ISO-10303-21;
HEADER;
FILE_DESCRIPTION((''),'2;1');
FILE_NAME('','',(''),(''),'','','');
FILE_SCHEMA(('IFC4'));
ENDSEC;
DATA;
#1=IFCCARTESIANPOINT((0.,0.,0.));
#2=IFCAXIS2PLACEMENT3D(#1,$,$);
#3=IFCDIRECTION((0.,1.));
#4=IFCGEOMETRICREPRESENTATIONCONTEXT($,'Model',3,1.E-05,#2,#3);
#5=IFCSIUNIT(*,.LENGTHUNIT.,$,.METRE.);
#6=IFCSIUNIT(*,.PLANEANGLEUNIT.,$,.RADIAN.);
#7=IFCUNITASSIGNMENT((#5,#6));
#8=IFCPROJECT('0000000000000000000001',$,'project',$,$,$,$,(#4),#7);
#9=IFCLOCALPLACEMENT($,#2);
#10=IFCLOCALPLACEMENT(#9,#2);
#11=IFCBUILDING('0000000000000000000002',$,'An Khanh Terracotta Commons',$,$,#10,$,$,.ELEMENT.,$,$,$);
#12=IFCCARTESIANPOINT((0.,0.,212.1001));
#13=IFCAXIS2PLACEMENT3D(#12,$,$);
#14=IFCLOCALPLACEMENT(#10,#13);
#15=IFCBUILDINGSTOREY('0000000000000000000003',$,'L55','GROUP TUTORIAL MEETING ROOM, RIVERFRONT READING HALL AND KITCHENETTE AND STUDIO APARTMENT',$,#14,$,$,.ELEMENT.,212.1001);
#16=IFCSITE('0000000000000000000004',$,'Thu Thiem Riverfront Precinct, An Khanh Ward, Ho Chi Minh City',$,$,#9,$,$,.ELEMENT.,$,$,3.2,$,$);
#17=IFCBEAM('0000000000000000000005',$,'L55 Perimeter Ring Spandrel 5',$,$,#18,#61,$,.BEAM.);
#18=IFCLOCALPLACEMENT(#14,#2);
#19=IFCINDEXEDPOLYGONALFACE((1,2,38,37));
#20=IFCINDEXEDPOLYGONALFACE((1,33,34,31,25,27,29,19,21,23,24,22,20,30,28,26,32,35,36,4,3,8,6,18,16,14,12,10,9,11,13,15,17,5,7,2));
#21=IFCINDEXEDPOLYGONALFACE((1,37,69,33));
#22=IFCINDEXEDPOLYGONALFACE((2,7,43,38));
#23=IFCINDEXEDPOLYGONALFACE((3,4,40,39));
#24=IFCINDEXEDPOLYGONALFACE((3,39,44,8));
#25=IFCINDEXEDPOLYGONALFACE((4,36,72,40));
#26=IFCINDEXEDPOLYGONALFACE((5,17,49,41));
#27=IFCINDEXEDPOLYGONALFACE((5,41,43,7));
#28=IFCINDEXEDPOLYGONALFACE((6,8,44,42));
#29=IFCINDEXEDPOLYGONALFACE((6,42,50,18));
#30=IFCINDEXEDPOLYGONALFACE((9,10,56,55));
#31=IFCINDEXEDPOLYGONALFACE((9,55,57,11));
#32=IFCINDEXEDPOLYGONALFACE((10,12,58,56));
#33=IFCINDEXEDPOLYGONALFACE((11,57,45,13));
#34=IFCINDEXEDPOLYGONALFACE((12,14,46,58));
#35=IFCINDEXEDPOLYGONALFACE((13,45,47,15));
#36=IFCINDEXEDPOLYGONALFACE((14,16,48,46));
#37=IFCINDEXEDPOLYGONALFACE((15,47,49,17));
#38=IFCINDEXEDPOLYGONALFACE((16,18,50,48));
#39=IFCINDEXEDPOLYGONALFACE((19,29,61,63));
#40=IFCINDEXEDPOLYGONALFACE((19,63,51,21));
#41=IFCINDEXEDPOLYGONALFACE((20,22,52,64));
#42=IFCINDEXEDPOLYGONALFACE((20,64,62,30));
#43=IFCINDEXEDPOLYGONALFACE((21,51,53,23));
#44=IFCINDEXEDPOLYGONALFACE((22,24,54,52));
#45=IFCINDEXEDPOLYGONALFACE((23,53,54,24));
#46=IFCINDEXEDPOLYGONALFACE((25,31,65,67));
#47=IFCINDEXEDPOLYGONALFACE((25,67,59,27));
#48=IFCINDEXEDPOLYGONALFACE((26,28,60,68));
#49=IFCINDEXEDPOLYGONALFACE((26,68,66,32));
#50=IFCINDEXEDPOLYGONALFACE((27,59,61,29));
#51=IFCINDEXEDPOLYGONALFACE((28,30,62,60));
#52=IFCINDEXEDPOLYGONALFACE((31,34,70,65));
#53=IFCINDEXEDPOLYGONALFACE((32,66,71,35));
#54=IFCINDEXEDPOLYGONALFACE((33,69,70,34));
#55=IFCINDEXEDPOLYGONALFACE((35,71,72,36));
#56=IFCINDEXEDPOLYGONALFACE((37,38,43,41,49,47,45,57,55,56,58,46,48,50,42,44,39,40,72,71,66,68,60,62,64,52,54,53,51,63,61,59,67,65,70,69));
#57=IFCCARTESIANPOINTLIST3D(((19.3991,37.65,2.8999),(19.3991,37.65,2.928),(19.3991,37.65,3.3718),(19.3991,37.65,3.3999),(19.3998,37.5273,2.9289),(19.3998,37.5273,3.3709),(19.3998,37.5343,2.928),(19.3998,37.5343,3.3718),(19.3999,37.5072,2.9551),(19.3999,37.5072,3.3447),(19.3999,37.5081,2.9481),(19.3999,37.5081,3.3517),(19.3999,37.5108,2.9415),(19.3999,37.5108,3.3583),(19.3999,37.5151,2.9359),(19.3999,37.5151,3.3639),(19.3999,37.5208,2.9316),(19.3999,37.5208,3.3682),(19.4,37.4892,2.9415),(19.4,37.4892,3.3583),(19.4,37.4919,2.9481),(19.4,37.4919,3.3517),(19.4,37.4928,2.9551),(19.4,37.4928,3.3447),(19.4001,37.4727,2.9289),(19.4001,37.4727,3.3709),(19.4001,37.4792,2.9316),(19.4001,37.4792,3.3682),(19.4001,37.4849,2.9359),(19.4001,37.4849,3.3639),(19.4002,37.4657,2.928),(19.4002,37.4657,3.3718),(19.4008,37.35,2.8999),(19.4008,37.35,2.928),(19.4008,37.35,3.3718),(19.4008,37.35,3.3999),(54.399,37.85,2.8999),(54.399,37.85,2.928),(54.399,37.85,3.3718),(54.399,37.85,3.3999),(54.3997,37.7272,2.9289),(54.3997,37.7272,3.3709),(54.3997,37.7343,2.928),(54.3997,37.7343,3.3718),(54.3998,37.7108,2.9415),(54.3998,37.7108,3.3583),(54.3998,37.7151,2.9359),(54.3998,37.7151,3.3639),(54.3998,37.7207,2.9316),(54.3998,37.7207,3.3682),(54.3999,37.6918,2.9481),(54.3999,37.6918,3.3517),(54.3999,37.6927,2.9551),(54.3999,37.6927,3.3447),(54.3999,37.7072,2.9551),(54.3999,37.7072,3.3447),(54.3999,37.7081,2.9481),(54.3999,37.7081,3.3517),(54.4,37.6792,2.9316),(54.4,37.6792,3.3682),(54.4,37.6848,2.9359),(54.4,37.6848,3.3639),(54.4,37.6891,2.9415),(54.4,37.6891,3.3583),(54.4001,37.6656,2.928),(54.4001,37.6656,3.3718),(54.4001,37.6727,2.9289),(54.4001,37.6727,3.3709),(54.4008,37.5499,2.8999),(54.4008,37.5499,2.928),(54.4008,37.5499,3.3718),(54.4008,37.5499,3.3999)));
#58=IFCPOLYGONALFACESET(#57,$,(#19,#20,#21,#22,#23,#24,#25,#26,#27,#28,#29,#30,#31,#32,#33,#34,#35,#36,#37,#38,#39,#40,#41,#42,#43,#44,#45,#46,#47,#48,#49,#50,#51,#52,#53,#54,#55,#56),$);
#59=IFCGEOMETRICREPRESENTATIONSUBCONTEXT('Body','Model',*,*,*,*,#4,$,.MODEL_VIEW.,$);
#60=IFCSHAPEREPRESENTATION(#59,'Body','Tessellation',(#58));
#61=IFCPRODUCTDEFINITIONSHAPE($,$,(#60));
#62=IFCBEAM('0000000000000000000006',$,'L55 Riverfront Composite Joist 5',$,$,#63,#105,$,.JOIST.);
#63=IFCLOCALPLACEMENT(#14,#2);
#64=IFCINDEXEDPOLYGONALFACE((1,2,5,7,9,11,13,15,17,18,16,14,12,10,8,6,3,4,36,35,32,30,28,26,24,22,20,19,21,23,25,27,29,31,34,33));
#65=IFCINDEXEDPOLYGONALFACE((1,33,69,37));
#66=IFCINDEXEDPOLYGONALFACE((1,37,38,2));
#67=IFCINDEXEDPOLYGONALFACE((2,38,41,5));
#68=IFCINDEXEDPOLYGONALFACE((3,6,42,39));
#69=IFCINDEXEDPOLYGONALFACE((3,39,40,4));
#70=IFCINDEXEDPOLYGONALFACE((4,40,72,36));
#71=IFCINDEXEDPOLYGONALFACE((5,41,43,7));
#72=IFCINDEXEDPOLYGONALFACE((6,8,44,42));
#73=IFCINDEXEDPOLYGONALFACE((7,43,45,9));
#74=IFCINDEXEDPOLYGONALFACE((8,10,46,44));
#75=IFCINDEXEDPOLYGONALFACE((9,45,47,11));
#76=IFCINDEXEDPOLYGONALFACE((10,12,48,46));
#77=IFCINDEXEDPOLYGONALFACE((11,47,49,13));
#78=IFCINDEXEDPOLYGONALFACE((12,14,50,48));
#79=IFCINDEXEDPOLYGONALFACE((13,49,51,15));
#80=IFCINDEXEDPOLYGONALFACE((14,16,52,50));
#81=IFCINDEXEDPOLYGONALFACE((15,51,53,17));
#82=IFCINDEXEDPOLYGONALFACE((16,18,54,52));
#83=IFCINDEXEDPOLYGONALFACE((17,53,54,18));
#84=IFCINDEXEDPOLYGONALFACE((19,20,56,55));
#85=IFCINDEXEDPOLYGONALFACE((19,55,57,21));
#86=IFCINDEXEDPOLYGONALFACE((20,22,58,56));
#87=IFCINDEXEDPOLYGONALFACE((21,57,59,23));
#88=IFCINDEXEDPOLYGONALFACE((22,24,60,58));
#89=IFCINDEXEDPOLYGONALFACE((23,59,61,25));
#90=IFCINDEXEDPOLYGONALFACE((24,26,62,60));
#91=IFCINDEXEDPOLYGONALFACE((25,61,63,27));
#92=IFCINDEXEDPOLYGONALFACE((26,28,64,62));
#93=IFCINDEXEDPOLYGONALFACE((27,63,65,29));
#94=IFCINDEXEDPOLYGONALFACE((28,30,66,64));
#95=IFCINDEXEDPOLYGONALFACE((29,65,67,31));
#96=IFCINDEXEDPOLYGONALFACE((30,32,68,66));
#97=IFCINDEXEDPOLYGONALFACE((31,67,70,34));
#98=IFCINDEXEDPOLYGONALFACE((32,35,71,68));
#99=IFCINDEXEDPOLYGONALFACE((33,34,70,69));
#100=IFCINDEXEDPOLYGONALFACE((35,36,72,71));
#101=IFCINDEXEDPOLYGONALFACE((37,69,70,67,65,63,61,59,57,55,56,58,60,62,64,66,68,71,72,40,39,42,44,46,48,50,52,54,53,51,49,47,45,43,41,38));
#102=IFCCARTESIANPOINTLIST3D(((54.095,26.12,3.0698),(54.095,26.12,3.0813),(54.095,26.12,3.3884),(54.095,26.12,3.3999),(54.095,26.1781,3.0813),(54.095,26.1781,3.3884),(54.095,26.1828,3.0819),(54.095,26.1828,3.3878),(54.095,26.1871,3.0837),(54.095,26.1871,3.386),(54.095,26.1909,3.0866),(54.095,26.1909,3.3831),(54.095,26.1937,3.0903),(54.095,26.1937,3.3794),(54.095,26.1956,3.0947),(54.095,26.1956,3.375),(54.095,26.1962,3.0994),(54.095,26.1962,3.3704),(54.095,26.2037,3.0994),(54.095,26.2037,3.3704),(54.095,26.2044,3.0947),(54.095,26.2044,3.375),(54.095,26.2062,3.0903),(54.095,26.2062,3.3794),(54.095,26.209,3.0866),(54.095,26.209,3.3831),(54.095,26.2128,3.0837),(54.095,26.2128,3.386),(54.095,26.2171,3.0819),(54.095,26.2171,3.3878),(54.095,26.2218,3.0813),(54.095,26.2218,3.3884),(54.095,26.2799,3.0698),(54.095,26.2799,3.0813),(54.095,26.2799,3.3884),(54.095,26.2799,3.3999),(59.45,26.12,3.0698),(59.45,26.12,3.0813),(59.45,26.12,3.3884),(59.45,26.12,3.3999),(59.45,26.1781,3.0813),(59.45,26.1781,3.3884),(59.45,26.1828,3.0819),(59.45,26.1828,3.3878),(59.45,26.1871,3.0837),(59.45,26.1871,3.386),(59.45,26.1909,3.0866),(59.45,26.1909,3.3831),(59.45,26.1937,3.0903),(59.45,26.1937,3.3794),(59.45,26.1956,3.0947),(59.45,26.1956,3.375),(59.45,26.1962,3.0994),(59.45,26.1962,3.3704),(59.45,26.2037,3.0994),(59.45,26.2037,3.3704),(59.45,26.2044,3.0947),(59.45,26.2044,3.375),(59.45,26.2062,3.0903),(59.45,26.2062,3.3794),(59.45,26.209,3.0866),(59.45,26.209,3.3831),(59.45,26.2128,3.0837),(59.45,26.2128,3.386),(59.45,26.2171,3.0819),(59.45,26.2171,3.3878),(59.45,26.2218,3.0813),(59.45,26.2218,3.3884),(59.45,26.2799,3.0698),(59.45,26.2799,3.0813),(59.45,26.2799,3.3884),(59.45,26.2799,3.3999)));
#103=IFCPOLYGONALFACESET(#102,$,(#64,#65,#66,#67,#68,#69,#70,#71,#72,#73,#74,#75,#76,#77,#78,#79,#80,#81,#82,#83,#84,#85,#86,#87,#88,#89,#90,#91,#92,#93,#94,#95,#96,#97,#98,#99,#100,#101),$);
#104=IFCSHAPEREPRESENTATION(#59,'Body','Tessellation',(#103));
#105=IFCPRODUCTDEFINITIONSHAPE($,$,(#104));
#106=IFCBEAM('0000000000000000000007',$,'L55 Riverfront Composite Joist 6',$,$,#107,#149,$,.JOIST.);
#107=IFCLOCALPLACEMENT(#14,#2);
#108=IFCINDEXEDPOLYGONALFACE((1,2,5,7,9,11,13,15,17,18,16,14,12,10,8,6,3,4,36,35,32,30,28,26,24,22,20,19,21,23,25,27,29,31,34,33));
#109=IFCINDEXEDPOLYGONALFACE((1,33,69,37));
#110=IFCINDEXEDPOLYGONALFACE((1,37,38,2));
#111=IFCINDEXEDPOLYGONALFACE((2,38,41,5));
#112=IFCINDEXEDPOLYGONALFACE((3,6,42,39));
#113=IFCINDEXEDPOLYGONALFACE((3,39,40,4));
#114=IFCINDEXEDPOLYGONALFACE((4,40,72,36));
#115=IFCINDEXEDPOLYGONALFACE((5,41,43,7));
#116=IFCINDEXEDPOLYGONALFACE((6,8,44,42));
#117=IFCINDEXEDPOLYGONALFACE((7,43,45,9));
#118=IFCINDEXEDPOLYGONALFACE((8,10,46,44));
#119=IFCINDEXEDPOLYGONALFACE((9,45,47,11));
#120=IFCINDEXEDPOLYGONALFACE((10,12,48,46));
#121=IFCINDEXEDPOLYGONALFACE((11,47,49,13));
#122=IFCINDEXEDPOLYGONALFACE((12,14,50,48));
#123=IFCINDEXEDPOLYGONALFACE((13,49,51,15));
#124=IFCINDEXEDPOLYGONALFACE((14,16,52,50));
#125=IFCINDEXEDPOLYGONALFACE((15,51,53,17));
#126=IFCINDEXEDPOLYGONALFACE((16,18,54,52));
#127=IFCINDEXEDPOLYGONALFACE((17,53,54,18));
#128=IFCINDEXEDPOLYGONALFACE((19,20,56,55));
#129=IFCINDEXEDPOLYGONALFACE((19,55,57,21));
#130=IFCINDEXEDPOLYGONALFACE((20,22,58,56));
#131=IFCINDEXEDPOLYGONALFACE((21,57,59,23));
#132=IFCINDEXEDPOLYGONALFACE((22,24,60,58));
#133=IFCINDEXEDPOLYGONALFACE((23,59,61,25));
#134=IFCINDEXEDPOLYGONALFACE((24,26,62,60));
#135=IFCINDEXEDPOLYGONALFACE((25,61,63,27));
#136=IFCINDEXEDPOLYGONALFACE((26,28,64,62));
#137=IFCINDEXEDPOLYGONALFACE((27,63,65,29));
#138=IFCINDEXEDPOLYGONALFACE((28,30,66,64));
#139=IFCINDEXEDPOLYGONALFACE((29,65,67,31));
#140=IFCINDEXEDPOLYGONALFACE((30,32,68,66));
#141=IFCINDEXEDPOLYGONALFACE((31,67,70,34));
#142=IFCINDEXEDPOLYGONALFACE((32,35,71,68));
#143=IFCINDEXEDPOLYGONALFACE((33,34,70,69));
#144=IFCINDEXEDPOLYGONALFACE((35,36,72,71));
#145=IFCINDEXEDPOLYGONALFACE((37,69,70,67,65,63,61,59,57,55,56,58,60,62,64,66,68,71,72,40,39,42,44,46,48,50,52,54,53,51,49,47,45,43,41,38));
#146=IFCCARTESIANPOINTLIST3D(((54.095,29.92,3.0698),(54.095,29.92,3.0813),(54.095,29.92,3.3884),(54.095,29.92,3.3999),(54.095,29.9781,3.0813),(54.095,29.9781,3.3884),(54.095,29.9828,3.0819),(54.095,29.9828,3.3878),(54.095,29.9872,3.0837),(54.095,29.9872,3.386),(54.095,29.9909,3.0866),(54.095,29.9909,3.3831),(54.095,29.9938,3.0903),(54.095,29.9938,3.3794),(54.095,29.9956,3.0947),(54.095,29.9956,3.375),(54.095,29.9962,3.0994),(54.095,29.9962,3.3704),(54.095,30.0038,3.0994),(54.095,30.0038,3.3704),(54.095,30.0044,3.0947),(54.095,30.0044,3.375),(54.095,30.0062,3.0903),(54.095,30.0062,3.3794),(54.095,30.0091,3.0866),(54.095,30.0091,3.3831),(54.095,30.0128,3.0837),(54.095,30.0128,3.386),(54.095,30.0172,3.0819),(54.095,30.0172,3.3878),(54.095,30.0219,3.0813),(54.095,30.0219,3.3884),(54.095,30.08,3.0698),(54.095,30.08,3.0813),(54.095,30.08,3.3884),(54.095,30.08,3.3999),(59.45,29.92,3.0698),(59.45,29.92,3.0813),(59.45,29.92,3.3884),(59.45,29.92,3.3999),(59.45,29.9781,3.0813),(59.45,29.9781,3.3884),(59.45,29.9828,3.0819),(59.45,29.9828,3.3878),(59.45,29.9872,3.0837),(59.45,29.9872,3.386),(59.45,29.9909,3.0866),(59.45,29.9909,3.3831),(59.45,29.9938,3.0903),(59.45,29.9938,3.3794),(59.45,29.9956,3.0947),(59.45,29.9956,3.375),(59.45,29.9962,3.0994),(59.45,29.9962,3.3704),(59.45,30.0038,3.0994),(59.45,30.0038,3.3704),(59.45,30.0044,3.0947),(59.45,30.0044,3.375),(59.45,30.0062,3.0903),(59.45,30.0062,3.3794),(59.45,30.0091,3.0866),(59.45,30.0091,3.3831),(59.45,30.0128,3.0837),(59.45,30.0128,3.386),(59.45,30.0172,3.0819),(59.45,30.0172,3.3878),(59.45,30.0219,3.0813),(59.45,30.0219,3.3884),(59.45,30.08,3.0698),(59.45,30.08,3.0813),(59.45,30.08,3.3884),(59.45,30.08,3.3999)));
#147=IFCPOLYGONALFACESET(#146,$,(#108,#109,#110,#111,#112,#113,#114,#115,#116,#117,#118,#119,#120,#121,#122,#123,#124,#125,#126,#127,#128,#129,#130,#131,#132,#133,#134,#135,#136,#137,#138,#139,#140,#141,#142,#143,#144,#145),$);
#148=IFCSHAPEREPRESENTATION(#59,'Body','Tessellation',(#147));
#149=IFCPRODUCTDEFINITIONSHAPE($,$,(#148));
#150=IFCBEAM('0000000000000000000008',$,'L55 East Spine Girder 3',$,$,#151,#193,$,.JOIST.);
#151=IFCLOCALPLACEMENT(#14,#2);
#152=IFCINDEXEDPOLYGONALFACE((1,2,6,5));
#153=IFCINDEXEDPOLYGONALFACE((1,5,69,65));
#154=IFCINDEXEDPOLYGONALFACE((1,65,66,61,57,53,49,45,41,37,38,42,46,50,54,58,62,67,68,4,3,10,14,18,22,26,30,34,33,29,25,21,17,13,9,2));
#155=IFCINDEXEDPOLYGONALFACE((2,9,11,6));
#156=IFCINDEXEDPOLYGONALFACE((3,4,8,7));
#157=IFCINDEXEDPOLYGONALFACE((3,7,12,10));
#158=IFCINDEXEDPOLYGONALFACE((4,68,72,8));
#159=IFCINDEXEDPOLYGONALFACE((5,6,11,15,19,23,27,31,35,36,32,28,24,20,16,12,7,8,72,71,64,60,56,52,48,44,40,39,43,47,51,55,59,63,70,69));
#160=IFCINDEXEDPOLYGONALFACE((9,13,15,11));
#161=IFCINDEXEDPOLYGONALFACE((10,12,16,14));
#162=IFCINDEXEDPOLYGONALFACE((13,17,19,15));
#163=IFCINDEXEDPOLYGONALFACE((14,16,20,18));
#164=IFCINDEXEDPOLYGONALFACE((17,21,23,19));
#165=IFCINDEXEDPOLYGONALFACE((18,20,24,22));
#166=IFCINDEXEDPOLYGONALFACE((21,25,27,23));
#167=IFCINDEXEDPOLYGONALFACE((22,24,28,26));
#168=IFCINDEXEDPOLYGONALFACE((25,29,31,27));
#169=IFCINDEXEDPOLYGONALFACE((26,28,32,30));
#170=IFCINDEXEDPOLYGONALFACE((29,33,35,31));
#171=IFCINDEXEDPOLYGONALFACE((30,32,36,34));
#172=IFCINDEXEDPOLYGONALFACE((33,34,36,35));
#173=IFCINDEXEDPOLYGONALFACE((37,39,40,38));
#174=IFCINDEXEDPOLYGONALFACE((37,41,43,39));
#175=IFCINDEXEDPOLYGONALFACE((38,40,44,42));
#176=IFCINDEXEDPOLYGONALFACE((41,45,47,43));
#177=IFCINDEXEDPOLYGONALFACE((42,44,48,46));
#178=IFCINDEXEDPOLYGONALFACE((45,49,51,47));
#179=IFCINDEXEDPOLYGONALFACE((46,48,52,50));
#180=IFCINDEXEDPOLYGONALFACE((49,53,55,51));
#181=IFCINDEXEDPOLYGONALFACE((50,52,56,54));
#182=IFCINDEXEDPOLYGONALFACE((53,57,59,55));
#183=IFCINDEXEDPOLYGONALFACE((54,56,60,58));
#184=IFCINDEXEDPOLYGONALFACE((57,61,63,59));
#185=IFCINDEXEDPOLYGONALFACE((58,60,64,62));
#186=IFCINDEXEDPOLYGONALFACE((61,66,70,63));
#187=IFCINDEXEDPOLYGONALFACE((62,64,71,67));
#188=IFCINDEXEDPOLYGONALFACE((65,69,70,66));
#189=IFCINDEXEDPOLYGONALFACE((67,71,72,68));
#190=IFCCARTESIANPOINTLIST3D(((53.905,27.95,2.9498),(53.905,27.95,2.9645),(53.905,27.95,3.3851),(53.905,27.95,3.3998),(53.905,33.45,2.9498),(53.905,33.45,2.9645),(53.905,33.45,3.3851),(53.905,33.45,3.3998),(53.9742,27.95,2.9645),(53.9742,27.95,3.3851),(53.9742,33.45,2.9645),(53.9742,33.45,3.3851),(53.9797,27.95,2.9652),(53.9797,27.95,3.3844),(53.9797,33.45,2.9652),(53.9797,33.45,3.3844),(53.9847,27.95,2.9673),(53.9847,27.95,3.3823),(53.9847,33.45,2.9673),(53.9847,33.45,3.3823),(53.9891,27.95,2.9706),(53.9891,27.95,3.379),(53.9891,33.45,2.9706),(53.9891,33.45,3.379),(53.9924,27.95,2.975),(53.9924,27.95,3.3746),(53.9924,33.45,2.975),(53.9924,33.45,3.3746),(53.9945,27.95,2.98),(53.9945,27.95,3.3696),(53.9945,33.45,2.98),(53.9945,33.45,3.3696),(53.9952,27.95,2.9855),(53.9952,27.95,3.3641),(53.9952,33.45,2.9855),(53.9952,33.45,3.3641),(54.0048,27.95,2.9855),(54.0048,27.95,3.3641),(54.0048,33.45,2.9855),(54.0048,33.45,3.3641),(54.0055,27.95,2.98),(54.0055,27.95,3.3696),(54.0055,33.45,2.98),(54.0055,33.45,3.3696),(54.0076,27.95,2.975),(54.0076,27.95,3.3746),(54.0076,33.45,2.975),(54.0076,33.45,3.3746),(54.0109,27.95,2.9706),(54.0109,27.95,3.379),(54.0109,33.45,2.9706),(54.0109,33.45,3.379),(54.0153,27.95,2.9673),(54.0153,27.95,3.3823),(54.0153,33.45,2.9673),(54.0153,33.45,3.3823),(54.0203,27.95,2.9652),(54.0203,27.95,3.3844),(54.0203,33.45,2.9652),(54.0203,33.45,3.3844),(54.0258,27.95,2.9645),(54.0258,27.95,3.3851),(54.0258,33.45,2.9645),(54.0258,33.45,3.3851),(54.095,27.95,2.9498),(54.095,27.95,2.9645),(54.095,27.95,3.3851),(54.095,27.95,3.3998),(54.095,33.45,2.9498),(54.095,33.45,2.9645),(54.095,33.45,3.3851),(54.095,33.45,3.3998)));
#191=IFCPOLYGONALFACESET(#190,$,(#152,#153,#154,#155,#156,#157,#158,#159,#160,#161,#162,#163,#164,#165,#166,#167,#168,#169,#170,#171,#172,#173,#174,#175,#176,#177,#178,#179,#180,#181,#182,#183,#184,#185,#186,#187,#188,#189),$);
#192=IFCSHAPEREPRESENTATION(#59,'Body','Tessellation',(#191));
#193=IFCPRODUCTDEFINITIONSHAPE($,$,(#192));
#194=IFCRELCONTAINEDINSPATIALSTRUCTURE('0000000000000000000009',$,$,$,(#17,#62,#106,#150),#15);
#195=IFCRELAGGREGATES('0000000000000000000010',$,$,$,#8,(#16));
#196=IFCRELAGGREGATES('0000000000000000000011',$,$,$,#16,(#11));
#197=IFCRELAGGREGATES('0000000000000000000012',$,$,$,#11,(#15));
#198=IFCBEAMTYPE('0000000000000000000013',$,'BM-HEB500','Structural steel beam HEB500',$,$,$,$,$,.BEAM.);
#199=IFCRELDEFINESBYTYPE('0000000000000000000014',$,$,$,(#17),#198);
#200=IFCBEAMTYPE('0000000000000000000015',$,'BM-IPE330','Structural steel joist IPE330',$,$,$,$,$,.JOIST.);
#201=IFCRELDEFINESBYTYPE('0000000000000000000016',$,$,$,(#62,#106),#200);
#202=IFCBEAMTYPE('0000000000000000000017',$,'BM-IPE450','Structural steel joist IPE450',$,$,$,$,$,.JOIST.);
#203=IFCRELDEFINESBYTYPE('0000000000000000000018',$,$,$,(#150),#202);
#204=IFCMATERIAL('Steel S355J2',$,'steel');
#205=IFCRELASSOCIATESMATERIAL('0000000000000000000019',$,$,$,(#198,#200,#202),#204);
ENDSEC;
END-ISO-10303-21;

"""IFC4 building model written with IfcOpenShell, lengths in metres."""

from ifc_helpers import new_model, si_unit, direction, frame, origin, origin_2d, place, context, subcontext, project, spatial, i_section, extrude, material, material_profile, profile_set, type_object, element, save


model = new_model("IFC4")

# Units and contexts
model_context = context("Model", 3, precision=1e-05, world=origin(), true_north=direction((0.0, 1.0)))
body_context = subcontext(model_context, "Body", "Model", "MODEL_VIEW")
ifc_project = project(units=[si_unit("LENGTHUNIT", "METRE"), si_unit("PLANEANGLEUNIT", "RADIAN")], contexts=[model_context])

# Site, building, storey
site_placement = place(None, origin())
site = spatial("IfcSite", under=ifc_project, at=site_placement, Name="Thu Thiem Riverfront Precinct, An Khanh Ward, Ho Chi Minh City", CompositionType="ELEMENT", RefElevation=3.2)
building_placement = place(site_placement, origin())
building = spatial("IfcBuilding", under=site, at=building_placement, Name="An Khanh Terracotta Commons", CompositionType="ELEMENT")
storey_placement = place(building_placement, frame((0.0, 0.0, 212.1001)))
storey = spatial("IfcBuildingStorey", under=building, at=storey_placement, Name="L55", Description="GROUP TUTORIAL MEETING ROOM, RIVERFRONT READING HALL AND KITCHENETTE AND STUDIO APARTMENT", CompositionType="ELEMENT", Elevation=212.1001)

# Beams
ifc_material_1 = material(Name="Steel S355J2", Category="steel")
ifc_material_profile_1 = material_profile(ifc_material_1, i_section(OverallWidth=0.3, OverallDepth=0.5, WebThickness=0.0144, FlangeThickness=0.0281, FilletRadius=0.0271, at=origin_2d()), Name="HEB500")
ifc_profile_set_1 = profile_set([ifc_material_profile_1], Name="Steel S355J2")
beam_type_1 = type_object("IfcBeamType", Name="BM-HEB500", Description="Structural steel beam HEB500", PredefinedType="BEAM", material=ifc_profile_set_1)
beam_1_placement = place(storey_placement, frame((54.3999, 37.7, 3.1499), z_axis=(-0.999984, -0.005713, 0.0), x_axis=(0.005713, -0.999984, 0.0)))
element("IfcBeam", 1, at=beam_1_placement, inside=storey, type_object=beam_type_1, Name="L55 Perimeter Ring Spandrel 5", PredefinedType="BEAM", context=body_context, shape_type="SweptSolid", body=[
    extrude(i_section(OverallWidth=0.3, OverallDepth=0.5, WebThickness=0.0144, FlangeThickness=0.0281, FilletRadius=0.0271, at=origin_2d()), origin(), (0.0, 0.0, 1.0), 35.0005),
])
ifc_material_profile_2 = material_profile(ifc_material_1, i_section(OverallWidth=0.1599, OverallDepth=0.3301, WebThickness=0.0076, FlangeThickness=0.0115, FilletRadius=0.0181, at=origin_2d()), Name="IPE330")
ifc_profile_set_2 = profile_set([ifc_material_profile_2], Name="Steel S355J2")
beam_type_2 = type_object("IfcBeamType", Name="BM-IPE330", Description="Structural steel joist IPE330", PredefinedType="JOIST", material=ifc_profile_set_2)
for number, where, z_axis, x_axis, name in (
    (2, (54.095, 26.2, 3.2349), (1.0, 0.0, 0.0), (0.0, 1.0, 0.0), "L55 Riverfront Composite Joist 5"),
    (3, (54.095, 30.0, 3.2349), (1.0, 0.0, 0.0), (0.0, 1.0, 0.0), "L55 Riverfront Composite Joist 6"),
):
    element("IfcBeam", number, at=place(storey_placement, frame(where, z_axis=z_axis, x_axis=x_axis)), inside=storey, type_object=beam_type_2, Name=name, PredefinedType="JOIST", context=body_context, shape_type="SweptSolid", body=[
        extrude(i_section(OverallWidth=0.1599, OverallDepth=0.3301, WebThickness=0.0076, FlangeThickness=0.0115, FilletRadius=0.0181, at=origin_2d()), origin(), (0.0, 0.0, 1.0), 5.355),
    ])
ifc_material_profile_3 = material_profile(ifc_material_1, i_section(OverallWidth=0.1899, OverallDepth=0.45, WebThickness=0.0095, FlangeThickness=0.0146, FilletRadius=0.021, at=origin_2d()), Name="IPE450")
ifc_profile_set_3 = profile_set([ifc_material_profile_3], Name="Steel S355J2")
beam_type_3 = type_object("IfcBeamType", Name="BM-IPE450", Description="Structural steel joist IPE450", PredefinedType="JOIST", material=ifc_profile_set_3)
beam_2_placement = place(storey_placement, frame((54.0, 27.95, 3.1748), z_axis=(0.0, 1.0, 0.0), x_axis=(-1.0, 0.0, 0.0)))
element("IfcBeam", 4, at=beam_2_placement, inside=storey, type_object=beam_type_3, Name="L55 East Spine Girder 3", PredefinedType="JOIST", context=body_context, shape_type="SweptSolid", body=[
    extrude(i_section(OverallWidth=0.1899, OverallDepth=0.45, WebThickness=0.0095, FlangeThickness=0.0146, FilletRadius=0.021, at=origin_2d()), origin(), (0.0, 0.0, 1.0), 5.5),
])

save(model, "model.ifc")
